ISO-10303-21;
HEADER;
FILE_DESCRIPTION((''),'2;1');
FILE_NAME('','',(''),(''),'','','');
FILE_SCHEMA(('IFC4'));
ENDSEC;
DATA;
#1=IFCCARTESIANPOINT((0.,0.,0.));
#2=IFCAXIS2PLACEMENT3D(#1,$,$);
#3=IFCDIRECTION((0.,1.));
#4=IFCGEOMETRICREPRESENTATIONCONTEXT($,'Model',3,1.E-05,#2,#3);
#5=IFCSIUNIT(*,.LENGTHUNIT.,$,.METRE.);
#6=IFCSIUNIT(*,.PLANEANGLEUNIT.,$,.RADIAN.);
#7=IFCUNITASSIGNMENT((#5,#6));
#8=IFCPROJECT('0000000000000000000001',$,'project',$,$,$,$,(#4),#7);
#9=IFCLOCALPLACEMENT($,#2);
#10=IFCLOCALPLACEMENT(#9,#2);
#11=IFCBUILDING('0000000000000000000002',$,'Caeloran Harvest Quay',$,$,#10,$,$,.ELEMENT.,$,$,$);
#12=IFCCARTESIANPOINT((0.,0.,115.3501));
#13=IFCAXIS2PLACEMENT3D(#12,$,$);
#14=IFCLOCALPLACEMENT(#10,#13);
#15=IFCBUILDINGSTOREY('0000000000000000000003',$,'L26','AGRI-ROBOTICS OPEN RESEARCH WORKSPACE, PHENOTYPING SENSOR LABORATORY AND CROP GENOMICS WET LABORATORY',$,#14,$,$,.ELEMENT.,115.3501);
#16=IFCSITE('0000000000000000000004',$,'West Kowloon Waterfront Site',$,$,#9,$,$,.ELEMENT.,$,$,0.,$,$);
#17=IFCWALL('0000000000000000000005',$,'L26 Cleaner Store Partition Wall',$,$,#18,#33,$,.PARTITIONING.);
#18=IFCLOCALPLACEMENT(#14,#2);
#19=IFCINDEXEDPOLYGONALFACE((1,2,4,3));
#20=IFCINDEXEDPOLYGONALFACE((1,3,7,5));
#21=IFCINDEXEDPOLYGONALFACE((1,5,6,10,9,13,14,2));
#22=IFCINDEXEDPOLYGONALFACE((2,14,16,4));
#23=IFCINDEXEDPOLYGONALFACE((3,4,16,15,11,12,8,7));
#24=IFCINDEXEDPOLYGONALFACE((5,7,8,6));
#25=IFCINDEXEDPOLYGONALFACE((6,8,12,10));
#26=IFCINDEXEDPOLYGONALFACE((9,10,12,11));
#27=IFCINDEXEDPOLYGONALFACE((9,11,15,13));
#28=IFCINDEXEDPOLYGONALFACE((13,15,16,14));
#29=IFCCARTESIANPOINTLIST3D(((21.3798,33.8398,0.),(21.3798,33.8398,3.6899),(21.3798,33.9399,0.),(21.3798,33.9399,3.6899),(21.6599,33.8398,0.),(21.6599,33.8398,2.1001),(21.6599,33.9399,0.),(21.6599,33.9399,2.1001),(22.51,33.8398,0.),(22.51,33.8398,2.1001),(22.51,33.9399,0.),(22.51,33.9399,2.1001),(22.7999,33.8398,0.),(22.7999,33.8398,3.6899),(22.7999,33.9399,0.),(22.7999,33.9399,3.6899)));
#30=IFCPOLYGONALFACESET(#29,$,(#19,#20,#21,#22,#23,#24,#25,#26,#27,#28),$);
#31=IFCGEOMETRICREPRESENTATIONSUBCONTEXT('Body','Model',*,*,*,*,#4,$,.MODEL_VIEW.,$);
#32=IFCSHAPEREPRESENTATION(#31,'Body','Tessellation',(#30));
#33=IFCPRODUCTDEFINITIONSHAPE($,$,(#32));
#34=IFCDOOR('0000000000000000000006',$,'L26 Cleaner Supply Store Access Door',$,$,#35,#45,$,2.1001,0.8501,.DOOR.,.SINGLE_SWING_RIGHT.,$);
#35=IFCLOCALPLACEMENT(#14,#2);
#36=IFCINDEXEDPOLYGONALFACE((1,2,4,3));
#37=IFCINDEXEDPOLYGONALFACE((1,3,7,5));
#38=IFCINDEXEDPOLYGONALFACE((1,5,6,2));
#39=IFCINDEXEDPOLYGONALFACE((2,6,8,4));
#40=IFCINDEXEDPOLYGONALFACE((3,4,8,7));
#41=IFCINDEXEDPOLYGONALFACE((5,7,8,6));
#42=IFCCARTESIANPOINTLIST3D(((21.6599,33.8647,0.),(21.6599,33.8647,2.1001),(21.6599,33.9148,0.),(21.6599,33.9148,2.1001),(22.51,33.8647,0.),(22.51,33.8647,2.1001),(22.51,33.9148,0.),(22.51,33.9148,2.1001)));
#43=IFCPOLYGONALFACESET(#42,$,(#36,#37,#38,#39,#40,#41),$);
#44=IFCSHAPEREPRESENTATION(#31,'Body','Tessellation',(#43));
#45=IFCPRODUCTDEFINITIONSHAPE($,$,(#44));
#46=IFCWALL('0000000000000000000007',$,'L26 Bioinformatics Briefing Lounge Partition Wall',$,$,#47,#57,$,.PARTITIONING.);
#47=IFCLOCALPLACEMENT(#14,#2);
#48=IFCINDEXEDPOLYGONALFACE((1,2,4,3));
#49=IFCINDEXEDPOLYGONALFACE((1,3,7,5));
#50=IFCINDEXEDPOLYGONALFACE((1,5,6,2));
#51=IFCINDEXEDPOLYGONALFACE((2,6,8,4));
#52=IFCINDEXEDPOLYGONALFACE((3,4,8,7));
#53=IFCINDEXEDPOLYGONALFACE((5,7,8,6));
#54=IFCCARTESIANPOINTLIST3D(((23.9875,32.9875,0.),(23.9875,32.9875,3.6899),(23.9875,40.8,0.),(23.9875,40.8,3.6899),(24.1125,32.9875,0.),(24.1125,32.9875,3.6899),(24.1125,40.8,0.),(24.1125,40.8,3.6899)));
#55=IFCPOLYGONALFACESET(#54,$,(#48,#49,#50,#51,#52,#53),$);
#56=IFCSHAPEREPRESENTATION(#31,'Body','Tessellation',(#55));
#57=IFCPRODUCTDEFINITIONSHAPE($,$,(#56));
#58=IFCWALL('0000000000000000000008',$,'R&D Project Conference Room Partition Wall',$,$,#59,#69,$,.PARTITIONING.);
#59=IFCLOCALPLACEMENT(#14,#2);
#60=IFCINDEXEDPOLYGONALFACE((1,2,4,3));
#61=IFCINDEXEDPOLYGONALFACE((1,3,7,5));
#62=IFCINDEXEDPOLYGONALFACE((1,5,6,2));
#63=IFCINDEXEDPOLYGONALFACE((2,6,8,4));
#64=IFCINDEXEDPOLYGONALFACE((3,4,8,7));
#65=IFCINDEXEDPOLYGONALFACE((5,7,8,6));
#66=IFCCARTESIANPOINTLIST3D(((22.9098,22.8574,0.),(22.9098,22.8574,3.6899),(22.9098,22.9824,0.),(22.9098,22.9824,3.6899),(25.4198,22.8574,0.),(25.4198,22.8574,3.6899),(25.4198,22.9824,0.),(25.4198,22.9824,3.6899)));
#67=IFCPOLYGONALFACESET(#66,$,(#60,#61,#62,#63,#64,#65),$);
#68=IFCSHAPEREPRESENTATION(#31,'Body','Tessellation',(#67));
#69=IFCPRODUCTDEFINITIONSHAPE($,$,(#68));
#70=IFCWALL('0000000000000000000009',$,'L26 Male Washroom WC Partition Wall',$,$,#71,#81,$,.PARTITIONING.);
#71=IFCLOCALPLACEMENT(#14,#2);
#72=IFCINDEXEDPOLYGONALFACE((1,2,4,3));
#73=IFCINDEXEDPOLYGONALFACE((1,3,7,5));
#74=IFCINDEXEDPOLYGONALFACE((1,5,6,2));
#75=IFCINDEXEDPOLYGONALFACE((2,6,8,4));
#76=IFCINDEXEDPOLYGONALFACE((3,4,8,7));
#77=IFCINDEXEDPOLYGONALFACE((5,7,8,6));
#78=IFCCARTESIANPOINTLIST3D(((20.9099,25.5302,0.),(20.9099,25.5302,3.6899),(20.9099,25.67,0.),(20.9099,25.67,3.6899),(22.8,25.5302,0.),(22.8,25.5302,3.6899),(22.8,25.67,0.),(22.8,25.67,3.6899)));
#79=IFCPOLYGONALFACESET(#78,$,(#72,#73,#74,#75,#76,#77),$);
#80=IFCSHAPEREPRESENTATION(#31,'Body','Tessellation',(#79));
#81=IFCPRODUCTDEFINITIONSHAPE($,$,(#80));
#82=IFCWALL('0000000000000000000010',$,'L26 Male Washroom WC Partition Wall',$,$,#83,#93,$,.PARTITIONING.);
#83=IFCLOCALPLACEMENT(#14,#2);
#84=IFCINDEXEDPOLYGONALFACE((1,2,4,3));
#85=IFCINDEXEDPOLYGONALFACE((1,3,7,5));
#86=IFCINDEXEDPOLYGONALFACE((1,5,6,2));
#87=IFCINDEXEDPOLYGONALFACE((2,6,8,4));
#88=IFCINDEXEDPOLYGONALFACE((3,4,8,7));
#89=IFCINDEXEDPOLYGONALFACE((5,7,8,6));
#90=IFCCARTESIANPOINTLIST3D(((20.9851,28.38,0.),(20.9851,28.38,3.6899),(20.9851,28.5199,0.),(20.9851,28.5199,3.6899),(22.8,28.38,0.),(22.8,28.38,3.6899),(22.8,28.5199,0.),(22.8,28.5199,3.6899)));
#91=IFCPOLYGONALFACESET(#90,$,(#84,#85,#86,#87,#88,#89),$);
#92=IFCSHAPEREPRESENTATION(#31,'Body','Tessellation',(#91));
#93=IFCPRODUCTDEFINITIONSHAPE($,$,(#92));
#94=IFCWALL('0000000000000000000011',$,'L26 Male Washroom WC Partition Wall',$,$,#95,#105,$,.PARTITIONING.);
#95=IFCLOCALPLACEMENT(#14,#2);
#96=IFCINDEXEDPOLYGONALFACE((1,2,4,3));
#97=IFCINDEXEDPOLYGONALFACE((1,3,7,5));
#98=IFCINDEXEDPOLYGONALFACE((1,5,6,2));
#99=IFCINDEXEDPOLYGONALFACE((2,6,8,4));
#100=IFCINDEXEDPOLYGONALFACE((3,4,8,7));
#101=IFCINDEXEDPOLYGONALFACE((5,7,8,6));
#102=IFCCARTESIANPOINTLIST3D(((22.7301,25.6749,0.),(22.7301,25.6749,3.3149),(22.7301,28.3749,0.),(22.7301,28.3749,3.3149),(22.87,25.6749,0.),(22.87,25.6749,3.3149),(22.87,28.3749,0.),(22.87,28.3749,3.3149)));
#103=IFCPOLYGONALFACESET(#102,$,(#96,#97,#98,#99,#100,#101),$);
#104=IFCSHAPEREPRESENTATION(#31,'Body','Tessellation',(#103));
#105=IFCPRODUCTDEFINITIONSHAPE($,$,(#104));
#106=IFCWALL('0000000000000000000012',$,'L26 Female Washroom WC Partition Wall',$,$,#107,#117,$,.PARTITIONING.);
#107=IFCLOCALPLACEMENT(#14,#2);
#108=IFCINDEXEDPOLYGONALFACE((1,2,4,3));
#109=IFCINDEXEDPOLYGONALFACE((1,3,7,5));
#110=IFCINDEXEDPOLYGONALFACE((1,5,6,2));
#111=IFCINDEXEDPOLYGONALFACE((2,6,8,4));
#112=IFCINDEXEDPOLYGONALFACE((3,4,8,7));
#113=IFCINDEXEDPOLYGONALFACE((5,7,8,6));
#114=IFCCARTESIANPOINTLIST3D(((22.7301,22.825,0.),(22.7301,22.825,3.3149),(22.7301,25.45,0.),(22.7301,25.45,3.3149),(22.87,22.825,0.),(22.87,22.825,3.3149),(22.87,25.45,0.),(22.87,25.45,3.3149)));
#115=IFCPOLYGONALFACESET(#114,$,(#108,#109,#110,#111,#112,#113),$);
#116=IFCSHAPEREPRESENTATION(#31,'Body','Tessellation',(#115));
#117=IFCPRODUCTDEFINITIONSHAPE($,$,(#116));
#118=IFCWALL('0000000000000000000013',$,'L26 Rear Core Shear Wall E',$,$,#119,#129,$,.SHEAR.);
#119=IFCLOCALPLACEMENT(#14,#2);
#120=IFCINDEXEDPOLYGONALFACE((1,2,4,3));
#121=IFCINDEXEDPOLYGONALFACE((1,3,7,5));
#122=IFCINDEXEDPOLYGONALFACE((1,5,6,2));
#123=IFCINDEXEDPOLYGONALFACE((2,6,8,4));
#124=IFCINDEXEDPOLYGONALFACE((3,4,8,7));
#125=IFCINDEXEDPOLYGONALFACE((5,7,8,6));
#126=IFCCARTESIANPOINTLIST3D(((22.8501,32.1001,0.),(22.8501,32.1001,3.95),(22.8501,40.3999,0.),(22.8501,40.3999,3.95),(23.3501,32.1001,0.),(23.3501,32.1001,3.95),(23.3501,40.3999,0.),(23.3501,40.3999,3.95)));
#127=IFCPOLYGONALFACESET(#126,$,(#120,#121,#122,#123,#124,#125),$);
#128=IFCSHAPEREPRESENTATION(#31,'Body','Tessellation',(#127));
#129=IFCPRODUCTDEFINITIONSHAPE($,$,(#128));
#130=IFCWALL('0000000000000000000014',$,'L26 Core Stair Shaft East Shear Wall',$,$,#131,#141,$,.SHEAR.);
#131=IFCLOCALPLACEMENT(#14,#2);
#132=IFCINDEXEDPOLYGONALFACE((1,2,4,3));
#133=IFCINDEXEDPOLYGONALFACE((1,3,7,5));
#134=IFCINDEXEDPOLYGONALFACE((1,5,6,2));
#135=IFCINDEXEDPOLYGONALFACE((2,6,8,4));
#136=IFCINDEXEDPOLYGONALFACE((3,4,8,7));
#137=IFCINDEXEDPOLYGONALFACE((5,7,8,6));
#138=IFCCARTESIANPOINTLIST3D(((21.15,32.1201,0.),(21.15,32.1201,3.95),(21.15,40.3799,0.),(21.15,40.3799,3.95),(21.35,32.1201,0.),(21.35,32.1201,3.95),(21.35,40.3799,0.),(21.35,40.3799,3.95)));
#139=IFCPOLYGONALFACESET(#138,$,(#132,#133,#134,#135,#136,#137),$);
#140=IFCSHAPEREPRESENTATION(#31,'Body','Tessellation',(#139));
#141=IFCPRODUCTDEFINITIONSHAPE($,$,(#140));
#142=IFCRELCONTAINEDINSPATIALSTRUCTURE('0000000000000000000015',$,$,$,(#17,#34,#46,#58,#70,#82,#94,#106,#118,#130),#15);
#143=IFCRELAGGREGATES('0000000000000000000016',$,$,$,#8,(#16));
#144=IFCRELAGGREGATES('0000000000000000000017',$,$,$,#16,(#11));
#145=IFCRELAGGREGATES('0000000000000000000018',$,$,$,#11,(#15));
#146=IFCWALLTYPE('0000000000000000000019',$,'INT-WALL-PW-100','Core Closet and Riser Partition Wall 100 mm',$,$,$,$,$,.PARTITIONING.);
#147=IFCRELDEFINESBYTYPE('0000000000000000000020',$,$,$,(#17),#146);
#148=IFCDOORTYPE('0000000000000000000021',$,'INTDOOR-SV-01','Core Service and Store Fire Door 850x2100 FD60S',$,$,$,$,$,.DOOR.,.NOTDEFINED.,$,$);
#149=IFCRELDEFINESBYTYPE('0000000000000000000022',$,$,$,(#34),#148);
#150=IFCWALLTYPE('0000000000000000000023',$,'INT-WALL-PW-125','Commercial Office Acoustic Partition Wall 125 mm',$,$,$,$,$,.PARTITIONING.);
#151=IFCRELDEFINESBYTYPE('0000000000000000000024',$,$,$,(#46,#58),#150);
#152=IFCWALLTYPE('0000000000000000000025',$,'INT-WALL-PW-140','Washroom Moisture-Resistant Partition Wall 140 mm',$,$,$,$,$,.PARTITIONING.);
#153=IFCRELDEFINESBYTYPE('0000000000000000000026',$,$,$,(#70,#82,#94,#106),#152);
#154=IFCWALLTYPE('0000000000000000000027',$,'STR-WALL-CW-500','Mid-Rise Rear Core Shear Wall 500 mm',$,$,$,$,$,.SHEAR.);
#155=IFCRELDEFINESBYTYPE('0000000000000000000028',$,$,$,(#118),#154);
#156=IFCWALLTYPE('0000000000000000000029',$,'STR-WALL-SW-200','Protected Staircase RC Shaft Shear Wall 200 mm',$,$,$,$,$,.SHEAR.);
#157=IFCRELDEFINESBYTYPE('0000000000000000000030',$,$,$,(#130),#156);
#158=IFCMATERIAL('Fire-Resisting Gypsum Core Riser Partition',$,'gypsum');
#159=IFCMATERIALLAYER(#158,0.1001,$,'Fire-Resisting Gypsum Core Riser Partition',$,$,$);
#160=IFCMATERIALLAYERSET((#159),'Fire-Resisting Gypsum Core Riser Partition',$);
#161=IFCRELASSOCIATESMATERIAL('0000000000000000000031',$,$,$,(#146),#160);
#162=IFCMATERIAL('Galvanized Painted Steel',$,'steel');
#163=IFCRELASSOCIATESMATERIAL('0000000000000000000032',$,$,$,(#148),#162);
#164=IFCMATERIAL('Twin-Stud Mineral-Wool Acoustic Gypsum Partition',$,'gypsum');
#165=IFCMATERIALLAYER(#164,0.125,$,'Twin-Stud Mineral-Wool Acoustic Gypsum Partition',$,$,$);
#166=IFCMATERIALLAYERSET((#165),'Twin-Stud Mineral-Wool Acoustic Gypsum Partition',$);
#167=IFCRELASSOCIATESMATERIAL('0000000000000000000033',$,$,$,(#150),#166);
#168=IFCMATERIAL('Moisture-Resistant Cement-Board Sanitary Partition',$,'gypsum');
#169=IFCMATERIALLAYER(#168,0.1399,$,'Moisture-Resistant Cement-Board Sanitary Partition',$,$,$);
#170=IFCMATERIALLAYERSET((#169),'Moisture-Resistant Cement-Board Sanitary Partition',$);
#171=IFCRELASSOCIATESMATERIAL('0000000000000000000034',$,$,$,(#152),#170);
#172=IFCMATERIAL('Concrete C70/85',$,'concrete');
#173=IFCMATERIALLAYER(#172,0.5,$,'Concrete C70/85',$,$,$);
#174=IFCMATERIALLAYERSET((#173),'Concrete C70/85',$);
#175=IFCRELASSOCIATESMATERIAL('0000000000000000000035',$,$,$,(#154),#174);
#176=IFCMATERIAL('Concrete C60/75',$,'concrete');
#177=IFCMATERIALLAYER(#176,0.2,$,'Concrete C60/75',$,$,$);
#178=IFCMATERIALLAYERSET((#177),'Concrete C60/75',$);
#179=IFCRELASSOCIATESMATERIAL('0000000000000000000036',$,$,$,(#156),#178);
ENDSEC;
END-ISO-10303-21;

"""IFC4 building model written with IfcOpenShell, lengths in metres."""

from ifc_helpers import new_model, si_unit, direction, frame, frame_2d, origin, place, context, subcontext, project, spatial, rectangle, extrude, material, layer, layer_set, type_object, element, fill, save


model = new_model("IFC4")

# Units and contexts
model_context = context("Model", 3, precision=1e-05, world=origin(), true_north=direction((0.0, 1.0)))
body_context = subcontext(model_context, "Body", "Model", "MODEL_VIEW")
ifc_project = project(units=[si_unit("LENGTHUNIT", "METRE"), si_unit("PLANEANGLEUNIT", "RADIAN")], contexts=[model_context])

# Site, building, storey
site_placement = place(None, origin())
site = spatial("IfcSite", under=ifc_project, at=site_placement, Name="West Kowloon Waterfront Site", CompositionType="ELEMENT", RefElevation=0.0)
building_placement = place(site_placement, origin())
building = spatial("IfcBuilding", under=site, at=building_placement, Name="Caeloran Harvest Quay", CompositionType="ELEMENT")
storey_placement = place(building_placement, frame((0.0, 0.0, 115.3501)))
storey = spatial("IfcBuildingStorey", under=building, at=storey_placement, Name="L26", Description="AGRI-ROBOTICS OPEN RESEARCH WORKSPACE, PHENOTYPING SENSOR LABORATORY AND CROP GENOMICS WET LABORATORY", CompositionType="ELEMENT", Elevation=115.3501)

# Wall, opening, door
ifc_material_1 = material(Name="Fire-Resisting Gypsum Core Riser Partition", Category="gypsum")
ifc_layer_1 = layer(ifc_material_1, 0.1001, Name="Fire-Resisting Gypsum Core Riser Partition")
ifc_layer_set_1 = layer_set([ifc_layer_1], Name="Fire-Resisting Gypsum Core Riser Partition")
wall_type_1 = type_object("IfcWallType", Name="INT-WALL-PW-100", Description="Core Closet and Riser Partition Wall 100 mm", PredefinedType="PARTITIONING", material=ifc_layer_set_1)
wall_1_placement = place(storey_placement, frame((21.3799, 33.8899, 0.0), z_axis=(0.0, 0.0, 1.0), x_axis=(1.0, 0.0, 0.0)))
wall_1 = element("IfcWall", 1, at=wall_1_placement, inside=storey, type_object=wall_type_1, Name="L26 Cleaner Store Partition Wall", PredefinedType="PARTITIONING", context=body_context, shape_type="SweptSolid", body=[
    extrude(rectangle(XDim=1.4202, YDim=0.1001, at=frame_2d((0.71, 0.0))), origin(), (0.0, 0.0, 1.0), 3.6899),
])
opening_1_placement = place(wall_1_placement, frame((0.28, 0.0, 0.0)))
opening_1 = element("IfcOpeningElement", 2, at=opening_1_placement, cuts=wall_1, PredefinedType="OPENING", context=body_context, shape_type="SweptSolid", body=[
    extrude(rectangle(XDim=0.8501, YDim=2.1001, at=frame_2d((0.425, 1.05))), frame((0.0, 0.0601, 0.0), z_axis=(0.0, -1.0, 0.0), x_axis=(1.0, 0.0, 0.0)), (0.0, 0.0, 1.0), 0.1201),
])
ifc_material_2 = material(Name="Galvanized Painted Steel", Category="steel")
door_type_1 = type_object("IfcDoorType", Name="INTDOOR-SV-01", Description="Core Service and Store Fire Door 850x2100 FD60S", OperationType="NOTDEFINED", PredefinedType="DOOR", material=ifc_material_2)
door_1_placement = place(opening_1_placement, origin())
door_1 = element("IfcDoor", 3, at=door_1_placement, inside=storey, type_object=door_type_1, Name="L26 Cleaner Supply Store Access Door", OperationType="SINGLE_SWING_RIGHT", OverallHeight=2.1001, OverallWidth=0.8501, PredefinedType="DOOR", context=body_context, shape_type="SweptSolid", body=[
    extrude(rectangle(XDim=0.8501, YDim=2.1001, at=frame_2d((0.425, 1.05))), frame((0.0, 0.0249, 0.0), z_axis=(0.0, -1.0, 0.0), x_axis=(1.0, 0.0, 0.0)), (0.0, 0.0, 1.0), 0.05),
])
fill(opening_1, door_1)

# Walls
ifc_material_3 = material(Name="Twin-Stud Mineral-Wool Acoustic Gypsum Partition", Category="gypsum")
ifc_layer_2 = layer(ifc_material_3, 0.125, Name="Twin-Stud Mineral-Wool Acoustic Gypsum Partition")
ifc_layer_set_2 = layer_set([ifc_layer_2], Name="Twin-Stud Mineral-Wool Acoustic Gypsum Partition")
wall_type_2 = type_object("IfcWallType", Name="INT-WALL-PW-125", Description="Commercial Office Acoustic Partition Wall 125 mm", PredefinedType="PARTITIONING", material=ifc_layer_set_2)
wall_2_placement = place(storey_placement, frame((24.05, 32.9875, 0.0), z_axis=(0.0, 0.0, 1.0), x_axis=(0.0, 1.0, 0.0)))
element("IfcWall", 4, at=wall_2_placement, inside=storey, type_object=wall_type_2, Name="L26 Bioinformatics Briefing Lounge Partition Wall", PredefinedType="PARTITIONING", context=body_context, shape_type="SweptSolid", body=[
    extrude(rectangle(XDim=7.8125, YDim=0.125, at=frame_2d((3.9062, 0.0))), origin(), (0.0, 0.0, 1.0), 3.6899),
])
wall_3_placement = place(storey_placement, frame((22.9099, 22.9199, 0.0), z_axis=(0.0, 0.0, 1.0), x_axis=(1.0, 0.0, 0.0)))
element("IfcWall", 5, at=wall_3_placement, inside=storey, type_object=wall_type_2, Name="R&D Project Conference Room Partition Wall", PredefinedType="PARTITIONING", context=body_context, shape_type="SweptSolid", body=[
    extrude(rectangle(XDim=2.51, YDim=0.125, at=frame_2d((1.2549, 0.0))), origin(), (0.0, 0.0, 1.0), 3.6899),
])

# Wall
ifc_material_4 = material(Name="Moisture-Resistant Cement-Board Sanitary Partition", Category="gypsum")
ifc_layer_3 = layer(ifc_material_4, 0.1399, Name="Moisture-Resistant Cement-Board Sanitary Partition")
ifc_layer_set_3 = layer_set([ifc_layer_3], Name="Moisture-Resistant Cement-Board Sanitary Partition")
wall_type_3 = type_object("IfcWallType", Name="INT-WALL-PW-140", Description="Washroom Moisture-Resistant Partition Wall 140 mm", PredefinedType="PARTITIONING", material=ifc_layer_set_3)
wall_4_placement = place(storey_placement, frame((22.8, 25.6001, 0.0), z_axis=(0.0, 0.0, 1.0), x_axis=(-1.0, 0.0, 0.0)))
element("IfcWall", 6, at=wall_4_placement, inside=storey, type_object=wall_type_3, Name="L26 Male Washroom WC Partition Wall", PredefinedType="PARTITIONING", context=body_context, shape_type="SweptSolid", body=[
    extrude(rectangle(XDim=1.8901, YDim=0.1399, at=frame_2d((0.9451, 0.0))), origin(), (0.0, 0.0, 1.0), 3.6899),
])

# Walls
wall_5_placement = place(storey_placement, frame((20.9851, 28.45, 0.0), z_axis=(0.0, 0.0, 1.0), x_axis=(1.0, 0.0, 0.0)))
element("IfcWall", 7, at=wall_5_placement, inside=storey, type_object=wall_type_3, Name="L26 Male Washroom WC Partition Wall", PredefinedType="PARTITIONING", context=body_context, shape_type="SweptSolid", body=[
    extrude(rectangle(XDim=1.8149, YDim=0.1399, at=frame_2d((0.9075, 0.0))), origin(), (0.0, 0.0, 1.0), 3.6899),
])
wall_6_placement = place(storey_placement, frame((22.8, 28.375, 0.0), z_axis=(0.0, 0.0, 1.0), x_axis=(0.0, -1.0, 0.0)))
element("IfcWall", 8, at=wall_6_placement, inside=storey, type_object=wall_type_3, Name="L26 Male Washroom WC Partition Wall", PredefinedType="PARTITIONING", context=body_context, shape_type="SweptSolid", body=[
    extrude(rectangle(XDim=2.7, YDim=0.1399, at=frame_2d((1.3501, 0.0))), origin(), (0.0, 0.0, 1.0), 3.3149),
])
wall_7_placement = place(storey_placement, frame((22.8, 25.45, 0.0), z_axis=(0.0, 0.0, 1.0), x_axis=(0.0, -1.0, 0.0)))
element("IfcWall", 9, at=wall_7_placement, inside=storey, type_object=wall_type_3, Name="L26 Female Washroom WC Partition Wall", PredefinedType="PARTITIONING", context=body_context, shape_type="SweptSolid", body=[
    extrude(rectangle(XDim=2.625, YDim=0.1399, at=frame_2d((1.3125, 0.0))), origin(), (0.0, 0.0, 1.0), 3.3149),
])
ifc_material_5 = material(Name="Concrete C70/85", Category="concrete")
ifc_layer_4 = layer(ifc_material_5, 0.5, Name="Concrete C70/85")
ifc_layer_set_4 = layer_set([ifc_layer_4], Name="Concrete C70/85")
wall_type_4 = type_object("IfcWallType", Name="STR-WALL-CW-500", Description="Mid-Rise Rear Core Shear Wall 500 mm", PredefinedType="SHEAR", material=ifc_layer_set_4)
wall_8_placement = place(storey_placement, frame((23.1001, 32.1001, 0.0), z_axis=(0.0, 0.0, 1.0), x_axis=(0.0, 1.0, 0.0)))
element("IfcWall", 10, at=wall_8_placement, inside=storey, type_object=wall_type_4, Name="L26 Rear Core Shear Wall E", PredefinedType="SHEAR", context=body_context, shape_type="SweptSolid", body=[
    extrude(rectangle(XDim=8.2998, YDim=0.5, at=frame_2d((4.1499, 0.0))), origin(), (0.0, 0.0, 1.0), 3.95),
])
ifc_material_6 = material(Name="Concrete C60/75", Category="concrete")
ifc_layer_5 = layer(ifc_material_6, 0.2, Name="Concrete C60/75")
ifc_layer_set_5 = layer_set([ifc_layer_5], Name="Concrete C60/75")
wall_type_5 = type_object("IfcWallType", Name="STR-WALL-SW-200", Description="Protected Staircase RC Shaft Shear Wall 200 mm", PredefinedType="SHEAR", material=ifc_layer_set_5)
wall_9_placement = place(storey_placement, frame((21.25, 32.1201, 0.0), z_axis=(0.0, 0.0, 1.0), x_axis=(0.0, 1.0, 0.0)))
element("IfcWall", 11, at=wall_9_placement, inside=storey, type_object=wall_type_5, Name="L26 Core Stair Shaft East Shear Wall", PredefinedType="SHEAR", context=body_context, shape_type="SweptSolid", body=[
    extrude(rectangle(XDim=8.2598, YDim=0.2, at=frame_2d((4.1299, 0.0))), origin(), (0.0, 0.0, 1.0), 3.95),
])

save(model, "model.ifc")
